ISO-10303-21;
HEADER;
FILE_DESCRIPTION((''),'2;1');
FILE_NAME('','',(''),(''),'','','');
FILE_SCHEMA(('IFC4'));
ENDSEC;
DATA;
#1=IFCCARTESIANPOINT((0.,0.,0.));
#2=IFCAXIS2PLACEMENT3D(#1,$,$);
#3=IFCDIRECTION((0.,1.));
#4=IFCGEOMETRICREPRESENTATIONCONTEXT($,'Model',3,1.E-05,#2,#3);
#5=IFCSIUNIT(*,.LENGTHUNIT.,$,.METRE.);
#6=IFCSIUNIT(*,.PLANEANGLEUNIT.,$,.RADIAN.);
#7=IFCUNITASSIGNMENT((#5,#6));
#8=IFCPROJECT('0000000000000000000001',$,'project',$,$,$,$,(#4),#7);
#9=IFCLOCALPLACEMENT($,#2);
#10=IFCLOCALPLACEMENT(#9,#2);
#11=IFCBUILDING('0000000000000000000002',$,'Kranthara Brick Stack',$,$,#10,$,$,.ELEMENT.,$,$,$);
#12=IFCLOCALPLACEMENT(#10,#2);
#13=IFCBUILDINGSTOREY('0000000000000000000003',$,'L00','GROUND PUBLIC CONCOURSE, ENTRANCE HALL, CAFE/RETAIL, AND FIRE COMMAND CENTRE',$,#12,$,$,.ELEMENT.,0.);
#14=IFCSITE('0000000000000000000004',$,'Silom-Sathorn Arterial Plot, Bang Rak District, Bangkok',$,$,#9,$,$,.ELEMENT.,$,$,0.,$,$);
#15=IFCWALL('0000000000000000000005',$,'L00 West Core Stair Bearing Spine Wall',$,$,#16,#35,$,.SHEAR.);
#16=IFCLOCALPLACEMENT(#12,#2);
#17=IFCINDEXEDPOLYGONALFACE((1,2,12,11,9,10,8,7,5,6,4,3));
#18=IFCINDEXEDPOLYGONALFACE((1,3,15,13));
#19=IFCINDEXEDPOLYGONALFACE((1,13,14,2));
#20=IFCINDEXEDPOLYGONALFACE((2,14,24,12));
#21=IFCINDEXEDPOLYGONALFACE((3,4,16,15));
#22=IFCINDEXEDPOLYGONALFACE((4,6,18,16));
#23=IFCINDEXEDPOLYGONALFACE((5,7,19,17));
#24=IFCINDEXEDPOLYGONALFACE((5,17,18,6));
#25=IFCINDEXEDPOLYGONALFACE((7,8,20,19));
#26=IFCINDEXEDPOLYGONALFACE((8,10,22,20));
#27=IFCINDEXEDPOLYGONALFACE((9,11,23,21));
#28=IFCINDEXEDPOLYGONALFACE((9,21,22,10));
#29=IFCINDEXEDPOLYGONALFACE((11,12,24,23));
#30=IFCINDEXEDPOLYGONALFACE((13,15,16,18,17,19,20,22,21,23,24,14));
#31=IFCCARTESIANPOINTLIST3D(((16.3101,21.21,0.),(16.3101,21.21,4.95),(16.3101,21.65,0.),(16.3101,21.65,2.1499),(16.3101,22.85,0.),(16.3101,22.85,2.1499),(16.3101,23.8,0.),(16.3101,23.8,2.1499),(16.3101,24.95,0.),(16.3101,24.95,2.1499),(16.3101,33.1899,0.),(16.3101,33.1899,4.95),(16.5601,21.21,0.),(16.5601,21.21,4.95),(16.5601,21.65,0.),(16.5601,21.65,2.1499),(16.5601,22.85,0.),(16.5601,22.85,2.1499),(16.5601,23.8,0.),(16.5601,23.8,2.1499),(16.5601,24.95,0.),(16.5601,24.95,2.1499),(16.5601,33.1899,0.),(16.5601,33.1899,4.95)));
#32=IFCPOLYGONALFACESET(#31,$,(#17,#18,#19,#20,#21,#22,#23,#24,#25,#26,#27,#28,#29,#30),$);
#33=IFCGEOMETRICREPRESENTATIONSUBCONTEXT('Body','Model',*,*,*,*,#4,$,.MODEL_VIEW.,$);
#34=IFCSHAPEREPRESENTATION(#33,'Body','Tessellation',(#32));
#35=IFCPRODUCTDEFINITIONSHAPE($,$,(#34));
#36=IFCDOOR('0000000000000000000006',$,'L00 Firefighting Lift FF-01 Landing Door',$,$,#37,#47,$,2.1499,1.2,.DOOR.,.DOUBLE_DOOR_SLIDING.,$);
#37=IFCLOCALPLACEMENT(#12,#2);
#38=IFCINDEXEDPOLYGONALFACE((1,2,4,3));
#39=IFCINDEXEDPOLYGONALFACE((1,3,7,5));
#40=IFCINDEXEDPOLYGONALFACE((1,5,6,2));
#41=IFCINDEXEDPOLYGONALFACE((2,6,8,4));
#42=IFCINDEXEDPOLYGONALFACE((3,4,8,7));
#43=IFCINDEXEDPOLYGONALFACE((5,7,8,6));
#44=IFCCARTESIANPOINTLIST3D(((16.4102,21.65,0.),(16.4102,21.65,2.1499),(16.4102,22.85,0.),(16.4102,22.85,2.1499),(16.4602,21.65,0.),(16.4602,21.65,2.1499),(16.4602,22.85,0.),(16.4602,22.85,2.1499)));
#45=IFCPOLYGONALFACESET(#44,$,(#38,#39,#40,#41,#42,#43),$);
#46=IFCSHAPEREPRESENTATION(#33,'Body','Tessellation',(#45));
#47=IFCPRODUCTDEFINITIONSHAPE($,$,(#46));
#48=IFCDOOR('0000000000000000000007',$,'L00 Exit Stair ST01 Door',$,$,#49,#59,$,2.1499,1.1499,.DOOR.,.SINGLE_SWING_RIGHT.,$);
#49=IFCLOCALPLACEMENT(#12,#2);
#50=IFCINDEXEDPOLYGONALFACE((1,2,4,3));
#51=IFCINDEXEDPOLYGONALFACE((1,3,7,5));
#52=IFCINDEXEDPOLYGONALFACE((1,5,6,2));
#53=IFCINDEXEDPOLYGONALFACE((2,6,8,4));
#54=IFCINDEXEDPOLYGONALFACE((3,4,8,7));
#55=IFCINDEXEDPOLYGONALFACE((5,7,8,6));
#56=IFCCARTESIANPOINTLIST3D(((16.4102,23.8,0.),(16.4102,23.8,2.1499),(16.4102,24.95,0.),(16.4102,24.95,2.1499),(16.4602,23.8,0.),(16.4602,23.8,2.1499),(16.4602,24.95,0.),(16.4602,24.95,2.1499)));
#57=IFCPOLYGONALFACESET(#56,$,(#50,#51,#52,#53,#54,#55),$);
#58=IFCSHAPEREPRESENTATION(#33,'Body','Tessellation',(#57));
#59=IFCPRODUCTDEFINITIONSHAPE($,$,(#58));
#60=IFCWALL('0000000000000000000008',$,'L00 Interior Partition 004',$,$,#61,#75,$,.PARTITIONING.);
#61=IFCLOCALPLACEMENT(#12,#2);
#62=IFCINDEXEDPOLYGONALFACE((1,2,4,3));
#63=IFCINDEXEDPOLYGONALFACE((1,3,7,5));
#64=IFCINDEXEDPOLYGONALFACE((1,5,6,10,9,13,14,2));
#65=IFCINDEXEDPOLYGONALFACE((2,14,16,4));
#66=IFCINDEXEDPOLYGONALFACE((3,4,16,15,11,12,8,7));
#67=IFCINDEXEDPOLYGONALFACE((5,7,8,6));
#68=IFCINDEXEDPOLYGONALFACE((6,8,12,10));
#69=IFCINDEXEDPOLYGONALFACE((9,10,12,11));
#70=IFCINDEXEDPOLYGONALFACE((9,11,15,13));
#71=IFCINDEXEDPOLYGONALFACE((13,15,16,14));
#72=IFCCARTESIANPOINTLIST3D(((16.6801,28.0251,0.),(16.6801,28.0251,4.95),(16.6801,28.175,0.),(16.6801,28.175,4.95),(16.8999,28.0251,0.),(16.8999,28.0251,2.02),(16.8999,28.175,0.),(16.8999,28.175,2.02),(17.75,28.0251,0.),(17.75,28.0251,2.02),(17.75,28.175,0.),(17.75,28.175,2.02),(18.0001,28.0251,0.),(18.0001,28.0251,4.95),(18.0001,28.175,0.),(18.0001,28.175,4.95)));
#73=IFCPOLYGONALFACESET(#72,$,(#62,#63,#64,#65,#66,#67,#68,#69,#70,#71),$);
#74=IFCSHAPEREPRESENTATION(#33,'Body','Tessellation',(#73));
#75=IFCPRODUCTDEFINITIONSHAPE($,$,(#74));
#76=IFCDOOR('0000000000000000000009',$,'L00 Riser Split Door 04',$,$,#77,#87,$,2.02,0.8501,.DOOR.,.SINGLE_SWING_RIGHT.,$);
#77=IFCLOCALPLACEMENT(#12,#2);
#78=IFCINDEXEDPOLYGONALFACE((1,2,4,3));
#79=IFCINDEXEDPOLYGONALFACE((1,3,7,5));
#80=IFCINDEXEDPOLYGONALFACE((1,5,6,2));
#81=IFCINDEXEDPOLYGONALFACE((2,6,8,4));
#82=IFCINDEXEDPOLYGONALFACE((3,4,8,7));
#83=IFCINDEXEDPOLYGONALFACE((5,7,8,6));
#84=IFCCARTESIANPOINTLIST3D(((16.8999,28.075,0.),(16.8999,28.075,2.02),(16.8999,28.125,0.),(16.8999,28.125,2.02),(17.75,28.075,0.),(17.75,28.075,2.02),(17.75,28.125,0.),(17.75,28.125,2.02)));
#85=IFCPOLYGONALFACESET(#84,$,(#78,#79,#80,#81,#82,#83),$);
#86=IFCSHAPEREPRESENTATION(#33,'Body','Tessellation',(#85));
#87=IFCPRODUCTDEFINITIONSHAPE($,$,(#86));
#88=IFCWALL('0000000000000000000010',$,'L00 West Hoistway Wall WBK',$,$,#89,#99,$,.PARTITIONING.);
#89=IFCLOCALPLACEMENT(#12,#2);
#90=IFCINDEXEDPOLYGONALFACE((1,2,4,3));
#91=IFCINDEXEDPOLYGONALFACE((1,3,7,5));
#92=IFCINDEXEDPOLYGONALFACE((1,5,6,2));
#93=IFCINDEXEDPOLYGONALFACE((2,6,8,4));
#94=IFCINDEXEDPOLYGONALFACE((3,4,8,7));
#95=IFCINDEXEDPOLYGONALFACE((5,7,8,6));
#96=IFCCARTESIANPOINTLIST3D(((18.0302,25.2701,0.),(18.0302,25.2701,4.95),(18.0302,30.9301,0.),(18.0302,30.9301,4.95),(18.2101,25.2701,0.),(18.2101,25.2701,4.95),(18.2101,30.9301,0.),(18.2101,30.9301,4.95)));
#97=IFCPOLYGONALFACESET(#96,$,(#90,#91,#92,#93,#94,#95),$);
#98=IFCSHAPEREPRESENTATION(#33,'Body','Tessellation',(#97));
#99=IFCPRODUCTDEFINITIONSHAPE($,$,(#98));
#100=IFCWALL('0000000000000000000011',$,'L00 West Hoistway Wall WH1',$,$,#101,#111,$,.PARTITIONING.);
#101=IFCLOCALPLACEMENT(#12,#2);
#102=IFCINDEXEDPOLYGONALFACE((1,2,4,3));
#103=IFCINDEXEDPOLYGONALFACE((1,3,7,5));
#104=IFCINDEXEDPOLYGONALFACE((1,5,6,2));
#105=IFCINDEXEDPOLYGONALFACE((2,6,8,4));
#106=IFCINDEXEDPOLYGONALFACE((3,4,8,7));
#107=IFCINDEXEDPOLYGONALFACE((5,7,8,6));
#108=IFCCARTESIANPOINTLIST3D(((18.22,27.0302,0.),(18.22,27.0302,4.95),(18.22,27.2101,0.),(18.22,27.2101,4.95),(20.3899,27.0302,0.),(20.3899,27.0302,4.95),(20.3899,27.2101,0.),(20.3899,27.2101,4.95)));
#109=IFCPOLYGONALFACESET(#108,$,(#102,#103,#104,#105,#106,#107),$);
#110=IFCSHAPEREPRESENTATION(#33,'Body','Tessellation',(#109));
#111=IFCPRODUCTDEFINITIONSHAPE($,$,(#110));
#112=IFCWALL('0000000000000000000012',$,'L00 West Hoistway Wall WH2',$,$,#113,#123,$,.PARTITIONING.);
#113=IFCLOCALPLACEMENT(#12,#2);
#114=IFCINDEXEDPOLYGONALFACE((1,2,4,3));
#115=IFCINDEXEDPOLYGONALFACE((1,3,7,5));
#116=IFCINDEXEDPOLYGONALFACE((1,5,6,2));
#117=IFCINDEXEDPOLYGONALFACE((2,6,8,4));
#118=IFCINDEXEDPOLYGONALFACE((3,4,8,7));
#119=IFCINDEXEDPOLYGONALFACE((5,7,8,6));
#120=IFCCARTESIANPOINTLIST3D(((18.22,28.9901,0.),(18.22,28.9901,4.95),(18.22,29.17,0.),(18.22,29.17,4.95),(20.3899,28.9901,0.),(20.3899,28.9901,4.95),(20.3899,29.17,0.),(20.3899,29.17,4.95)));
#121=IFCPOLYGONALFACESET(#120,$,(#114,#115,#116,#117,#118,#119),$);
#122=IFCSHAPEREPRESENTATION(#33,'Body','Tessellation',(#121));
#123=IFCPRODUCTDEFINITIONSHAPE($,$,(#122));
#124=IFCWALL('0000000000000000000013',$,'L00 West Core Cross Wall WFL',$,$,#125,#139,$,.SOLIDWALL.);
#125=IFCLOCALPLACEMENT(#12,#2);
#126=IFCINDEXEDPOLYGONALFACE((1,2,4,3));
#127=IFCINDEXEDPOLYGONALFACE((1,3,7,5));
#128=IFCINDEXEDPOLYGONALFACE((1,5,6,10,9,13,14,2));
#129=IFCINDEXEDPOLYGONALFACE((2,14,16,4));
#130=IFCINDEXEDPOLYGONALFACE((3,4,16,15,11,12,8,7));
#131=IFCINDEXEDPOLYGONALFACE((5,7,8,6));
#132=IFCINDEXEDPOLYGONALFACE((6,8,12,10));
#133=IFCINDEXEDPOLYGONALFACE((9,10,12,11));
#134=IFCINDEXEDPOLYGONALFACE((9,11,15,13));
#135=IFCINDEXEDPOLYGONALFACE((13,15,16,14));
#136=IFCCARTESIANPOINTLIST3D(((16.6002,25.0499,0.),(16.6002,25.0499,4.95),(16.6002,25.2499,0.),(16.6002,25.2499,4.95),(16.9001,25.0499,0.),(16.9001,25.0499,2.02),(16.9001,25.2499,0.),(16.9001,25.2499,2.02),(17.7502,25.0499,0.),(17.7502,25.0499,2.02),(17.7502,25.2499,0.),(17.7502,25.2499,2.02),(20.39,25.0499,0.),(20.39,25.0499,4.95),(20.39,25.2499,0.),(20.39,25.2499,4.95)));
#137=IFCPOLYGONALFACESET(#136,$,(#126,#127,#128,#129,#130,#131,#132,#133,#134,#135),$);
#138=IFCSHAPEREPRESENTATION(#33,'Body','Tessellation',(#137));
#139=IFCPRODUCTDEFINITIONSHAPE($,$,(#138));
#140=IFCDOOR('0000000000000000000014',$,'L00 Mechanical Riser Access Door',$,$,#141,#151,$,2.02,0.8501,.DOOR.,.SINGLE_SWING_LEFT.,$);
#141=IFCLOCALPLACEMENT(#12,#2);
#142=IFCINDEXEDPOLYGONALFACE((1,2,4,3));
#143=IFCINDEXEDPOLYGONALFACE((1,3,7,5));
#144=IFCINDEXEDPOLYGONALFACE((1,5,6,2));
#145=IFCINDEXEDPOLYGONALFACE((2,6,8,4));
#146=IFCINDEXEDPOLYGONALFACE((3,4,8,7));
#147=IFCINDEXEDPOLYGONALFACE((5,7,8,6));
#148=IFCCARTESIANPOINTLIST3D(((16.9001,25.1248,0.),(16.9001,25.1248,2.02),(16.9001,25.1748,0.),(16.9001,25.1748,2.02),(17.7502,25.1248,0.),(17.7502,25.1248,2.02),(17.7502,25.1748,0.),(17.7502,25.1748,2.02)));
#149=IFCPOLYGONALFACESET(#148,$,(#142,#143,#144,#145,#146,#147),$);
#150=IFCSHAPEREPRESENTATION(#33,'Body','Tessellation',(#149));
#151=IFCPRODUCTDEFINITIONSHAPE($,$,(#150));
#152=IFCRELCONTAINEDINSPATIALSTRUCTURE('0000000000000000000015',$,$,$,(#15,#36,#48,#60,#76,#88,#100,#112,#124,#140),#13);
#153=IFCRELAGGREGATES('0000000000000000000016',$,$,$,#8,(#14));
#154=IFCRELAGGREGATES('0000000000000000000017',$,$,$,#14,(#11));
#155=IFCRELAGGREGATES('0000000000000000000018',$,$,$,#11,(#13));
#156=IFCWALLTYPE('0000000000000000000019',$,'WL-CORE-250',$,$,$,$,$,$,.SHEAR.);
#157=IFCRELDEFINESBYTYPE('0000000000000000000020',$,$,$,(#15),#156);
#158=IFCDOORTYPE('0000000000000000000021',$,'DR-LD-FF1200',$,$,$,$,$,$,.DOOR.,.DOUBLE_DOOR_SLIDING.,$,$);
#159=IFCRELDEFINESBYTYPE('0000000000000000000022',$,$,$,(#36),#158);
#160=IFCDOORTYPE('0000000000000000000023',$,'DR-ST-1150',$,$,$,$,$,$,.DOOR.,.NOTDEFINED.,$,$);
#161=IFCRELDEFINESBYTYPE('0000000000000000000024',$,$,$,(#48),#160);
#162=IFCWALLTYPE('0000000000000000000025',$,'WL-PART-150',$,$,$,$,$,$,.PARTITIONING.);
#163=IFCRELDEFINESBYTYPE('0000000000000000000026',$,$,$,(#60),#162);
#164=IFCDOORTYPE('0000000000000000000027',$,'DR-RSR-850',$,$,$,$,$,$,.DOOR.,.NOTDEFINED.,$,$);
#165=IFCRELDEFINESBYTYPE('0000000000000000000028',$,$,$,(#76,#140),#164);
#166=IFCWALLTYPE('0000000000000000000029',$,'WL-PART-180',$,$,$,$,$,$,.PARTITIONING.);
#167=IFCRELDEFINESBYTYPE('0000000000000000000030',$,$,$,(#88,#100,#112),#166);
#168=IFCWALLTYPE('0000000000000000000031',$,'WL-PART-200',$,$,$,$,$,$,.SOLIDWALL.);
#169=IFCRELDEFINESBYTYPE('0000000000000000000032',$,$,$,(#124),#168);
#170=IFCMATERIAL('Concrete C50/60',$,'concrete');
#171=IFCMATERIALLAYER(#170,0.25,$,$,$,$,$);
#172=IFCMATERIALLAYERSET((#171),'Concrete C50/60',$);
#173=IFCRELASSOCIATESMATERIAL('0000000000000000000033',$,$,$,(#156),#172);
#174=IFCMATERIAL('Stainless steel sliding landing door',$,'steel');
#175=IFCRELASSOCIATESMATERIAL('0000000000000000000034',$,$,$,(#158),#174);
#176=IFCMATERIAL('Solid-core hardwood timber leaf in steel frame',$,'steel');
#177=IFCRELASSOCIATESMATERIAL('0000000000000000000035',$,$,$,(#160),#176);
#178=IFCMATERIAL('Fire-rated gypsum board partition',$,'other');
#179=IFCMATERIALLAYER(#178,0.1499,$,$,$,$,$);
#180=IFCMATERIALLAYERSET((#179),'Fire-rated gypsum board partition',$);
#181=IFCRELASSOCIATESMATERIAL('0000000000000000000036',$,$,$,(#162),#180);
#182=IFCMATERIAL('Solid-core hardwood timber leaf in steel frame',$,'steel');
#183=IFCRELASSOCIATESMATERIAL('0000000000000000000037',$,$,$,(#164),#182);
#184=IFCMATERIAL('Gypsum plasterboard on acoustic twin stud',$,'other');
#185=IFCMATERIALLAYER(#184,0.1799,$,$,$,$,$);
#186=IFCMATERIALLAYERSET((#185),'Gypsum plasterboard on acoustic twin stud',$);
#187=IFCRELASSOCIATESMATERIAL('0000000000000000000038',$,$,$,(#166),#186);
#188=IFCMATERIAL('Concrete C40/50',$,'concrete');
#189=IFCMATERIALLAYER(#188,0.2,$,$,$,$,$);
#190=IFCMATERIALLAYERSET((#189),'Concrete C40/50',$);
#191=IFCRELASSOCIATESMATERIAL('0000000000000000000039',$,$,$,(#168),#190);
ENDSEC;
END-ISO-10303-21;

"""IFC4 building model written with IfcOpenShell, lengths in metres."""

from ifc_helpers import new_model, si_unit, direction, frame, frame_2d, origin, place, context, subcontext, project, spatial, rectangle, extrude, material, layer, layer_set, type_object, element, fill, save


model = new_model("IFC4")

# Units and contexts
model_context = context("Model", 3, precision=1e-05, world=origin(), true_north=direction((0.0, 1.0)))
body_context = subcontext(model_context, "Body", "Model", "MODEL_VIEW")
ifc_project = project(units=[si_unit("LENGTHUNIT", "METRE"), si_unit("PLANEANGLEUNIT", "RADIAN")], contexts=[model_context])

# Site, building, storey
site_placement = place(None, origin())
site = spatial("IfcSite", under=ifc_project, at=site_placement, Name="Silom-Sathorn Arterial Plot, Bang Rak District, Bangkok", CompositionType="ELEMENT", RefElevation=0.0)
building_placement = place(site_placement, origin())
building = spatial("IfcBuilding", under=site, at=building_placement, Name="Kranthara Brick Stack", CompositionType="ELEMENT")
storey_placement = place(building_placement, origin())
storey = spatial("IfcBuildingStorey", under=building, at=storey_placement, Name="L00", Description="GROUND PUBLIC CONCOURSE, ENTRANCE HALL, CAFE/RETAIL, AND FIRE COMMAND CENTRE", CompositionType="ELEMENT", Elevation=0.0)

# Wall, openings, doors
ifc_material_1 = material(Name="Concrete C50/60", Category="concrete")
ifc_layer_1 = layer(ifc_material_1, 0.25)
ifc_layer_set_1 = layer_set([ifc_layer_1], Name="Concrete C50/60")
wall_type_1 = type_object("IfcWallType", Name="WL-CORE-250", PredefinedType="SHEAR", material=ifc_layer_set_1)
wall_1_placement = place(storey_placement, frame((16.4351, 21.21, 0.0), z_axis=(0.0, 0.0, 1.0), x_axis=(0.0, 1.0, 0.0)))
wall_1 = element("IfcWall", 1, at=wall_1_placement, inside=storey, type_object=wall_type_1, Name="L00 West Core Stair Bearing Spine Wall", PredefinedType="SHEAR", context=body_context, shape_type="SweptSolid", body=[
    extrude(rectangle(XDim=11.98, YDim=0.25, at=frame_2d((5.99, 0.0))), origin(), (0.0, 0.0, 1.0), 4.95),
])
opening_1_placement = place(wall_1_placement, frame((0.4399, 0.0, 0.0)))
opening_1 = element("IfcOpeningElement", 2, at=opening_1_placement, cuts=wall_1, PredefinedType="OPENING", context=body_context, shape_type="SweptSolid", body=[
    extrude(rectangle(XDim=1.2, YDim=2.1499, at=frame_2d((0.6001, 1.075))), frame((0.0, 0.135, 0.0), z_axis=(0.0, -1.0, 0.0), x_axis=(1.0, 0.0, 0.0)), (0.0, 0.0, 1.0), 0.27),
])
opening_2_placement = place(wall_1_placement, frame((2.5901, 0.0, 0.0)))
opening_2 = element("IfcOpeningElement", 3, at=opening_2_placement, cuts=wall_1, PredefinedType="OPENING", context=body_context, shape_type="SweptSolid", body=[
    extrude(rectangle(XDim=1.1499, YDim=2.1499, at=frame_2d((0.575, 1.075))), frame((0.0, 0.135, 0.0), z_axis=(0.0, -1.0, 0.0), x_axis=(1.0, 0.0, 0.0)), (0.0, 0.0, 1.0), 0.27),
])
ifc_material_2 = material(Name="Stainless steel sliding landing door", Category="steel")
door_type_1 = type_object("IfcDoorType", Name="DR-LD-FF1200", OperationType="DOUBLE_DOOR_SLIDING", PredefinedType="DOOR", material=ifc_material_2)
door_1_placement = place(opening_1_placement, origin())
door_1 = element("IfcDoor", 4, at=door_1_placement, inside=storey, type_object=door_type_1, Name="L00 Firefighting Lift FF-01 Landing Door", OperationType="DOUBLE_DOOR_SLIDING", OverallHeight=2.1499, OverallWidth=1.2, PredefinedType="DOOR", context=body_context, shape_type="SweptSolid", body=[
    extrude(rectangle(XDim=1.2, YDim=2.1499, at=frame_2d((0.6001, 1.075))), frame((0.0, 0.0249, 0.0), z_axis=(0.0, -1.0, 0.0), x_axis=(1.0, 0.0, 0.0)), (0.0, 0.0, 1.0), 0.05),
])
fill(opening_1, door_1)
ifc_material_3 = material(Name="Solid-core hardwood timber leaf in steel frame", Category="steel")
door_type_2 = type_object("IfcDoorType", Name="DR-ST-1150", OperationType="NOTDEFINED", PredefinedType="DOOR", material=ifc_material_3)
door_2_placement = place(opening_2_placement, origin())
door_2 = element("IfcDoor", 5, at=door_2_placement, inside=storey, type_object=door_type_2, Name="L00 Exit Stair ST01 Door", OperationType="SINGLE_SWING_RIGHT", OverallHeight=2.1499, OverallWidth=1.1499, PredefinedType="DOOR", context=body_context, shape_type="SweptSolid", body=[
    extrude(rectangle(XDim=1.1499, YDim=2.1499, at=frame_2d((0.575, 1.075))), frame((0.0, 0.0249, 0.0), z_axis=(0.0, -1.0, 0.0), x_axis=(1.0, 0.0, 0.0)), (0.0, 0.0, 1.0), 0.05),
])
fill(opening_2, door_2)

# Wall, opening, door
ifc_material_4 = material(Name="Fire-rated gypsum board partition", Category="other")
ifc_layer_2 = layer(ifc_material_4, 0.1499)
ifc_layer_set_2 = layer_set([ifc_layer_2], Name="Fire-rated gypsum board partition")
wall_type_2 = type_object("IfcWallType", Name="WL-PART-150", PredefinedType="PARTITIONING", material=ifc_layer_set_2)
wall_2_placement = place(storey_placement, frame((16.6799, 28.1001, 0.0), z_axis=(0.0, 0.0, 1.0), x_axis=(1.0, 0.0, 0.0)))
wall_2 = element("IfcWall", 6, at=wall_2_placement, inside=storey, type_object=wall_type_2, Name="L00 Interior Partition 004", PredefinedType="PARTITIONING", context=body_context, shape_type="SweptSolid", body=[
    extrude(rectangle(XDim=1.3201, YDim=0.1499, at=frame_2d((0.6602, 0.0))), origin(), (0.0, 0.0, 1.0), 4.95),
])
opening_3_placement = place(wall_2_placement, frame((0.22, 0.0, 0.0)))
opening_3 = element("IfcOpeningElement", 7, at=opening_3_placement, cuts=wall_2, PredefinedType="OPENING", context=body_context, shape_type="SweptSolid", body=[
    extrude(rectangle(XDim=0.8501, YDim=2.02, at=frame_2d((0.425, 1.01))), frame((0.0, 0.085, 0.0), z_axis=(0.0, -1.0, 0.0), x_axis=(1.0, 0.0, 0.0)), (0.0, 0.0, 1.0), 0.1699),
])
ifc_material_5 = material(Name="Solid-core hardwood timber leaf in steel frame", Category="steel")
door_type_3 = type_object("IfcDoorType", Name="DR-RSR-850", OperationType="NOTDEFINED", PredefinedType="DOOR", material=ifc_material_5)
door_3_placement = place(opening_3_placement, origin())
door_3 = element("IfcDoor", 8, at=door_3_placement, inside=storey, type_object=door_type_3, Name="L00 Riser Split Door 04", OperationType="SINGLE_SWING_RIGHT", OverallHeight=2.02, OverallWidth=0.8501, PredefinedType="DOOR", context=body_context, shape_type="SweptSolid", body=[
    extrude(rectangle(XDim=0.8501, YDim=2.02, at=frame_2d((0.425, 1.01))), frame((0.0, 0.0249, 0.0), z_axis=(0.0, -1.0, 0.0), x_axis=(1.0, 0.0, 0.0)), (0.0, 0.0, 1.0), 0.05),
])
fill(opening_3, door_3)

# Walls
ifc_material_6 = material(Name="Gypsum plasterboard on acoustic twin stud", Category="other")
ifc_layer_3 = layer(ifc_material_6, 0.1799)
ifc_layer_set_3 = layer_set([ifc_layer_3], Name="Gypsum plasterboard on acoustic twin stud")
wall_type_3 = type_object("IfcWallType", Name="WL-PART-180", PredefinedType="PARTITIONING", material=ifc_layer_set_3)
wall_3_placement = place(storey_placement, frame((18.1201, 25.27, 0.0), z_axis=(0.0, 0.0, 1.0), x_axis=(0.0, 1.0, 0.0)))
element("IfcWall", 9, at=wall_3_placement, inside=storey, type_object=wall_type_3, Name="L00 West Hoistway Wall WBK", PredefinedType="PARTITIONING", context=body_context, shape_type="SweptSolid", body=[
    extrude(rectangle(XDim=5.6599, YDim=0.1799, at=frame_2d((2.8301, 0.0))), origin(), (0.0, 0.0, 1.0), 4.95),
])
for number, where, z_axis, x_axis, name in (
    (10, (18.22, 27.1201, 0.0), (0.0, 0.0, 1.0), (1.0, 0.0, 0.0), "L00 West Hoistway Wall WH1"),
    (11, (18.22, 29.0801, 0.0), (0.0, 0.0, 1.0), (1.0, 0.0, 0.0), "L00 West Hoistway Wall WH2"),
):
    element("IfcWall", number, at=place(storey_placement, frame(where, z_axis=z_axis, x_axis=x_axis)), inside=storey, type_object=wall_type_3, Name=name, PredefinedType="PARTITIONING", context=body_context, shape_type="SweptSolid", body=[
        extrude(rectangle(XDim=2.1699, YDim=0.1799, at=frame_2d((1.085, 0.0))), origin(), (0.0, 0.0, 1.0), 4.95),
    ])

# Wall, opening, door
ifc_material_7 = material(Name="Concrete C40/50", Category="concrete")
ifc_layer_4 = layer(ifc_material_7, 0.2)
ifc_layer_set_4 = layer_set([ifc_layer_4], Name="Concrete C40/50")
wall_type_4 = type_object("IfcWallType", Name="WL-PART-200", PredefinedType="SOLIDWALL", material=ifc_layer_set_4)
wall_4_placement = place(storey_placement, frame((16.6001, 25.1499, 0.0), z_axis=(0.0, 0.0, 1.0), x_axis=(1.0, 0.0, 0.0)))
wall_4 = element("IfcWall", 12, at=wall_4_placement, inside=storey, type_object=wall_type_4, Name="L00 West Core Cross Wall WFL", PredefinedType="SOLIDWALL", context=body_context, shape_type="SweptSolid", body=[
    extrude(rectangle(XDim=3.7898, YDim=0.2, at=frame_2d((1.895, 0.0))), origin(), (0.0, 0.0, 1.0), 4.95),
])
opening_4_placement = place(wall_4_placement, frame((0.3, 0.0, 0.0)))
opening_4 = element("IfcOpeningElement", 13, at=opening_4_placement, cuts=wall_4, PredefinedType="OPENING", context=body_context, shape_type="SweptSolid", body=[
    extrude(rectangle(XDim=0.8501, YDim=2.02, at=frame_2d((0.425, 1.01))), frame((0.0, 0.1099, 0.0), z_axis=(0.0, -1.0, 0.0), x_axis=(1.0, 0.0, 0.0)), (0.0, 0.0, 1.0), 0.22),
])
door_4_placement = place(opening_4_placement, origin())
door_4 = element("IfcDoor", 14, at=door_4_placement, inside=storey, type_object=door_type_3, Name="L00 Mechanical Riser Access Door", OperationType="SINGLE_SWING_LEFT", OverallHeight=2.02, OverallWidth=0.8501, PredefinedType="DOOR", context=body_context, shape_type="SweptSolid", body=[
    extrude(rectangle(XDim=0.8501, YDim=2.02, at=frame_2d((0.425, 1.01))), frame((0.0, 0.0249, 0.0), z_axis=(0.0, -1.0, 0.0), x_axis=(1.0, 0.0, 0.0)), (0.0, 0.0, 1.0), 0.05),
])
fill(opening_4, door_4)

save(model, "model.ifc")
